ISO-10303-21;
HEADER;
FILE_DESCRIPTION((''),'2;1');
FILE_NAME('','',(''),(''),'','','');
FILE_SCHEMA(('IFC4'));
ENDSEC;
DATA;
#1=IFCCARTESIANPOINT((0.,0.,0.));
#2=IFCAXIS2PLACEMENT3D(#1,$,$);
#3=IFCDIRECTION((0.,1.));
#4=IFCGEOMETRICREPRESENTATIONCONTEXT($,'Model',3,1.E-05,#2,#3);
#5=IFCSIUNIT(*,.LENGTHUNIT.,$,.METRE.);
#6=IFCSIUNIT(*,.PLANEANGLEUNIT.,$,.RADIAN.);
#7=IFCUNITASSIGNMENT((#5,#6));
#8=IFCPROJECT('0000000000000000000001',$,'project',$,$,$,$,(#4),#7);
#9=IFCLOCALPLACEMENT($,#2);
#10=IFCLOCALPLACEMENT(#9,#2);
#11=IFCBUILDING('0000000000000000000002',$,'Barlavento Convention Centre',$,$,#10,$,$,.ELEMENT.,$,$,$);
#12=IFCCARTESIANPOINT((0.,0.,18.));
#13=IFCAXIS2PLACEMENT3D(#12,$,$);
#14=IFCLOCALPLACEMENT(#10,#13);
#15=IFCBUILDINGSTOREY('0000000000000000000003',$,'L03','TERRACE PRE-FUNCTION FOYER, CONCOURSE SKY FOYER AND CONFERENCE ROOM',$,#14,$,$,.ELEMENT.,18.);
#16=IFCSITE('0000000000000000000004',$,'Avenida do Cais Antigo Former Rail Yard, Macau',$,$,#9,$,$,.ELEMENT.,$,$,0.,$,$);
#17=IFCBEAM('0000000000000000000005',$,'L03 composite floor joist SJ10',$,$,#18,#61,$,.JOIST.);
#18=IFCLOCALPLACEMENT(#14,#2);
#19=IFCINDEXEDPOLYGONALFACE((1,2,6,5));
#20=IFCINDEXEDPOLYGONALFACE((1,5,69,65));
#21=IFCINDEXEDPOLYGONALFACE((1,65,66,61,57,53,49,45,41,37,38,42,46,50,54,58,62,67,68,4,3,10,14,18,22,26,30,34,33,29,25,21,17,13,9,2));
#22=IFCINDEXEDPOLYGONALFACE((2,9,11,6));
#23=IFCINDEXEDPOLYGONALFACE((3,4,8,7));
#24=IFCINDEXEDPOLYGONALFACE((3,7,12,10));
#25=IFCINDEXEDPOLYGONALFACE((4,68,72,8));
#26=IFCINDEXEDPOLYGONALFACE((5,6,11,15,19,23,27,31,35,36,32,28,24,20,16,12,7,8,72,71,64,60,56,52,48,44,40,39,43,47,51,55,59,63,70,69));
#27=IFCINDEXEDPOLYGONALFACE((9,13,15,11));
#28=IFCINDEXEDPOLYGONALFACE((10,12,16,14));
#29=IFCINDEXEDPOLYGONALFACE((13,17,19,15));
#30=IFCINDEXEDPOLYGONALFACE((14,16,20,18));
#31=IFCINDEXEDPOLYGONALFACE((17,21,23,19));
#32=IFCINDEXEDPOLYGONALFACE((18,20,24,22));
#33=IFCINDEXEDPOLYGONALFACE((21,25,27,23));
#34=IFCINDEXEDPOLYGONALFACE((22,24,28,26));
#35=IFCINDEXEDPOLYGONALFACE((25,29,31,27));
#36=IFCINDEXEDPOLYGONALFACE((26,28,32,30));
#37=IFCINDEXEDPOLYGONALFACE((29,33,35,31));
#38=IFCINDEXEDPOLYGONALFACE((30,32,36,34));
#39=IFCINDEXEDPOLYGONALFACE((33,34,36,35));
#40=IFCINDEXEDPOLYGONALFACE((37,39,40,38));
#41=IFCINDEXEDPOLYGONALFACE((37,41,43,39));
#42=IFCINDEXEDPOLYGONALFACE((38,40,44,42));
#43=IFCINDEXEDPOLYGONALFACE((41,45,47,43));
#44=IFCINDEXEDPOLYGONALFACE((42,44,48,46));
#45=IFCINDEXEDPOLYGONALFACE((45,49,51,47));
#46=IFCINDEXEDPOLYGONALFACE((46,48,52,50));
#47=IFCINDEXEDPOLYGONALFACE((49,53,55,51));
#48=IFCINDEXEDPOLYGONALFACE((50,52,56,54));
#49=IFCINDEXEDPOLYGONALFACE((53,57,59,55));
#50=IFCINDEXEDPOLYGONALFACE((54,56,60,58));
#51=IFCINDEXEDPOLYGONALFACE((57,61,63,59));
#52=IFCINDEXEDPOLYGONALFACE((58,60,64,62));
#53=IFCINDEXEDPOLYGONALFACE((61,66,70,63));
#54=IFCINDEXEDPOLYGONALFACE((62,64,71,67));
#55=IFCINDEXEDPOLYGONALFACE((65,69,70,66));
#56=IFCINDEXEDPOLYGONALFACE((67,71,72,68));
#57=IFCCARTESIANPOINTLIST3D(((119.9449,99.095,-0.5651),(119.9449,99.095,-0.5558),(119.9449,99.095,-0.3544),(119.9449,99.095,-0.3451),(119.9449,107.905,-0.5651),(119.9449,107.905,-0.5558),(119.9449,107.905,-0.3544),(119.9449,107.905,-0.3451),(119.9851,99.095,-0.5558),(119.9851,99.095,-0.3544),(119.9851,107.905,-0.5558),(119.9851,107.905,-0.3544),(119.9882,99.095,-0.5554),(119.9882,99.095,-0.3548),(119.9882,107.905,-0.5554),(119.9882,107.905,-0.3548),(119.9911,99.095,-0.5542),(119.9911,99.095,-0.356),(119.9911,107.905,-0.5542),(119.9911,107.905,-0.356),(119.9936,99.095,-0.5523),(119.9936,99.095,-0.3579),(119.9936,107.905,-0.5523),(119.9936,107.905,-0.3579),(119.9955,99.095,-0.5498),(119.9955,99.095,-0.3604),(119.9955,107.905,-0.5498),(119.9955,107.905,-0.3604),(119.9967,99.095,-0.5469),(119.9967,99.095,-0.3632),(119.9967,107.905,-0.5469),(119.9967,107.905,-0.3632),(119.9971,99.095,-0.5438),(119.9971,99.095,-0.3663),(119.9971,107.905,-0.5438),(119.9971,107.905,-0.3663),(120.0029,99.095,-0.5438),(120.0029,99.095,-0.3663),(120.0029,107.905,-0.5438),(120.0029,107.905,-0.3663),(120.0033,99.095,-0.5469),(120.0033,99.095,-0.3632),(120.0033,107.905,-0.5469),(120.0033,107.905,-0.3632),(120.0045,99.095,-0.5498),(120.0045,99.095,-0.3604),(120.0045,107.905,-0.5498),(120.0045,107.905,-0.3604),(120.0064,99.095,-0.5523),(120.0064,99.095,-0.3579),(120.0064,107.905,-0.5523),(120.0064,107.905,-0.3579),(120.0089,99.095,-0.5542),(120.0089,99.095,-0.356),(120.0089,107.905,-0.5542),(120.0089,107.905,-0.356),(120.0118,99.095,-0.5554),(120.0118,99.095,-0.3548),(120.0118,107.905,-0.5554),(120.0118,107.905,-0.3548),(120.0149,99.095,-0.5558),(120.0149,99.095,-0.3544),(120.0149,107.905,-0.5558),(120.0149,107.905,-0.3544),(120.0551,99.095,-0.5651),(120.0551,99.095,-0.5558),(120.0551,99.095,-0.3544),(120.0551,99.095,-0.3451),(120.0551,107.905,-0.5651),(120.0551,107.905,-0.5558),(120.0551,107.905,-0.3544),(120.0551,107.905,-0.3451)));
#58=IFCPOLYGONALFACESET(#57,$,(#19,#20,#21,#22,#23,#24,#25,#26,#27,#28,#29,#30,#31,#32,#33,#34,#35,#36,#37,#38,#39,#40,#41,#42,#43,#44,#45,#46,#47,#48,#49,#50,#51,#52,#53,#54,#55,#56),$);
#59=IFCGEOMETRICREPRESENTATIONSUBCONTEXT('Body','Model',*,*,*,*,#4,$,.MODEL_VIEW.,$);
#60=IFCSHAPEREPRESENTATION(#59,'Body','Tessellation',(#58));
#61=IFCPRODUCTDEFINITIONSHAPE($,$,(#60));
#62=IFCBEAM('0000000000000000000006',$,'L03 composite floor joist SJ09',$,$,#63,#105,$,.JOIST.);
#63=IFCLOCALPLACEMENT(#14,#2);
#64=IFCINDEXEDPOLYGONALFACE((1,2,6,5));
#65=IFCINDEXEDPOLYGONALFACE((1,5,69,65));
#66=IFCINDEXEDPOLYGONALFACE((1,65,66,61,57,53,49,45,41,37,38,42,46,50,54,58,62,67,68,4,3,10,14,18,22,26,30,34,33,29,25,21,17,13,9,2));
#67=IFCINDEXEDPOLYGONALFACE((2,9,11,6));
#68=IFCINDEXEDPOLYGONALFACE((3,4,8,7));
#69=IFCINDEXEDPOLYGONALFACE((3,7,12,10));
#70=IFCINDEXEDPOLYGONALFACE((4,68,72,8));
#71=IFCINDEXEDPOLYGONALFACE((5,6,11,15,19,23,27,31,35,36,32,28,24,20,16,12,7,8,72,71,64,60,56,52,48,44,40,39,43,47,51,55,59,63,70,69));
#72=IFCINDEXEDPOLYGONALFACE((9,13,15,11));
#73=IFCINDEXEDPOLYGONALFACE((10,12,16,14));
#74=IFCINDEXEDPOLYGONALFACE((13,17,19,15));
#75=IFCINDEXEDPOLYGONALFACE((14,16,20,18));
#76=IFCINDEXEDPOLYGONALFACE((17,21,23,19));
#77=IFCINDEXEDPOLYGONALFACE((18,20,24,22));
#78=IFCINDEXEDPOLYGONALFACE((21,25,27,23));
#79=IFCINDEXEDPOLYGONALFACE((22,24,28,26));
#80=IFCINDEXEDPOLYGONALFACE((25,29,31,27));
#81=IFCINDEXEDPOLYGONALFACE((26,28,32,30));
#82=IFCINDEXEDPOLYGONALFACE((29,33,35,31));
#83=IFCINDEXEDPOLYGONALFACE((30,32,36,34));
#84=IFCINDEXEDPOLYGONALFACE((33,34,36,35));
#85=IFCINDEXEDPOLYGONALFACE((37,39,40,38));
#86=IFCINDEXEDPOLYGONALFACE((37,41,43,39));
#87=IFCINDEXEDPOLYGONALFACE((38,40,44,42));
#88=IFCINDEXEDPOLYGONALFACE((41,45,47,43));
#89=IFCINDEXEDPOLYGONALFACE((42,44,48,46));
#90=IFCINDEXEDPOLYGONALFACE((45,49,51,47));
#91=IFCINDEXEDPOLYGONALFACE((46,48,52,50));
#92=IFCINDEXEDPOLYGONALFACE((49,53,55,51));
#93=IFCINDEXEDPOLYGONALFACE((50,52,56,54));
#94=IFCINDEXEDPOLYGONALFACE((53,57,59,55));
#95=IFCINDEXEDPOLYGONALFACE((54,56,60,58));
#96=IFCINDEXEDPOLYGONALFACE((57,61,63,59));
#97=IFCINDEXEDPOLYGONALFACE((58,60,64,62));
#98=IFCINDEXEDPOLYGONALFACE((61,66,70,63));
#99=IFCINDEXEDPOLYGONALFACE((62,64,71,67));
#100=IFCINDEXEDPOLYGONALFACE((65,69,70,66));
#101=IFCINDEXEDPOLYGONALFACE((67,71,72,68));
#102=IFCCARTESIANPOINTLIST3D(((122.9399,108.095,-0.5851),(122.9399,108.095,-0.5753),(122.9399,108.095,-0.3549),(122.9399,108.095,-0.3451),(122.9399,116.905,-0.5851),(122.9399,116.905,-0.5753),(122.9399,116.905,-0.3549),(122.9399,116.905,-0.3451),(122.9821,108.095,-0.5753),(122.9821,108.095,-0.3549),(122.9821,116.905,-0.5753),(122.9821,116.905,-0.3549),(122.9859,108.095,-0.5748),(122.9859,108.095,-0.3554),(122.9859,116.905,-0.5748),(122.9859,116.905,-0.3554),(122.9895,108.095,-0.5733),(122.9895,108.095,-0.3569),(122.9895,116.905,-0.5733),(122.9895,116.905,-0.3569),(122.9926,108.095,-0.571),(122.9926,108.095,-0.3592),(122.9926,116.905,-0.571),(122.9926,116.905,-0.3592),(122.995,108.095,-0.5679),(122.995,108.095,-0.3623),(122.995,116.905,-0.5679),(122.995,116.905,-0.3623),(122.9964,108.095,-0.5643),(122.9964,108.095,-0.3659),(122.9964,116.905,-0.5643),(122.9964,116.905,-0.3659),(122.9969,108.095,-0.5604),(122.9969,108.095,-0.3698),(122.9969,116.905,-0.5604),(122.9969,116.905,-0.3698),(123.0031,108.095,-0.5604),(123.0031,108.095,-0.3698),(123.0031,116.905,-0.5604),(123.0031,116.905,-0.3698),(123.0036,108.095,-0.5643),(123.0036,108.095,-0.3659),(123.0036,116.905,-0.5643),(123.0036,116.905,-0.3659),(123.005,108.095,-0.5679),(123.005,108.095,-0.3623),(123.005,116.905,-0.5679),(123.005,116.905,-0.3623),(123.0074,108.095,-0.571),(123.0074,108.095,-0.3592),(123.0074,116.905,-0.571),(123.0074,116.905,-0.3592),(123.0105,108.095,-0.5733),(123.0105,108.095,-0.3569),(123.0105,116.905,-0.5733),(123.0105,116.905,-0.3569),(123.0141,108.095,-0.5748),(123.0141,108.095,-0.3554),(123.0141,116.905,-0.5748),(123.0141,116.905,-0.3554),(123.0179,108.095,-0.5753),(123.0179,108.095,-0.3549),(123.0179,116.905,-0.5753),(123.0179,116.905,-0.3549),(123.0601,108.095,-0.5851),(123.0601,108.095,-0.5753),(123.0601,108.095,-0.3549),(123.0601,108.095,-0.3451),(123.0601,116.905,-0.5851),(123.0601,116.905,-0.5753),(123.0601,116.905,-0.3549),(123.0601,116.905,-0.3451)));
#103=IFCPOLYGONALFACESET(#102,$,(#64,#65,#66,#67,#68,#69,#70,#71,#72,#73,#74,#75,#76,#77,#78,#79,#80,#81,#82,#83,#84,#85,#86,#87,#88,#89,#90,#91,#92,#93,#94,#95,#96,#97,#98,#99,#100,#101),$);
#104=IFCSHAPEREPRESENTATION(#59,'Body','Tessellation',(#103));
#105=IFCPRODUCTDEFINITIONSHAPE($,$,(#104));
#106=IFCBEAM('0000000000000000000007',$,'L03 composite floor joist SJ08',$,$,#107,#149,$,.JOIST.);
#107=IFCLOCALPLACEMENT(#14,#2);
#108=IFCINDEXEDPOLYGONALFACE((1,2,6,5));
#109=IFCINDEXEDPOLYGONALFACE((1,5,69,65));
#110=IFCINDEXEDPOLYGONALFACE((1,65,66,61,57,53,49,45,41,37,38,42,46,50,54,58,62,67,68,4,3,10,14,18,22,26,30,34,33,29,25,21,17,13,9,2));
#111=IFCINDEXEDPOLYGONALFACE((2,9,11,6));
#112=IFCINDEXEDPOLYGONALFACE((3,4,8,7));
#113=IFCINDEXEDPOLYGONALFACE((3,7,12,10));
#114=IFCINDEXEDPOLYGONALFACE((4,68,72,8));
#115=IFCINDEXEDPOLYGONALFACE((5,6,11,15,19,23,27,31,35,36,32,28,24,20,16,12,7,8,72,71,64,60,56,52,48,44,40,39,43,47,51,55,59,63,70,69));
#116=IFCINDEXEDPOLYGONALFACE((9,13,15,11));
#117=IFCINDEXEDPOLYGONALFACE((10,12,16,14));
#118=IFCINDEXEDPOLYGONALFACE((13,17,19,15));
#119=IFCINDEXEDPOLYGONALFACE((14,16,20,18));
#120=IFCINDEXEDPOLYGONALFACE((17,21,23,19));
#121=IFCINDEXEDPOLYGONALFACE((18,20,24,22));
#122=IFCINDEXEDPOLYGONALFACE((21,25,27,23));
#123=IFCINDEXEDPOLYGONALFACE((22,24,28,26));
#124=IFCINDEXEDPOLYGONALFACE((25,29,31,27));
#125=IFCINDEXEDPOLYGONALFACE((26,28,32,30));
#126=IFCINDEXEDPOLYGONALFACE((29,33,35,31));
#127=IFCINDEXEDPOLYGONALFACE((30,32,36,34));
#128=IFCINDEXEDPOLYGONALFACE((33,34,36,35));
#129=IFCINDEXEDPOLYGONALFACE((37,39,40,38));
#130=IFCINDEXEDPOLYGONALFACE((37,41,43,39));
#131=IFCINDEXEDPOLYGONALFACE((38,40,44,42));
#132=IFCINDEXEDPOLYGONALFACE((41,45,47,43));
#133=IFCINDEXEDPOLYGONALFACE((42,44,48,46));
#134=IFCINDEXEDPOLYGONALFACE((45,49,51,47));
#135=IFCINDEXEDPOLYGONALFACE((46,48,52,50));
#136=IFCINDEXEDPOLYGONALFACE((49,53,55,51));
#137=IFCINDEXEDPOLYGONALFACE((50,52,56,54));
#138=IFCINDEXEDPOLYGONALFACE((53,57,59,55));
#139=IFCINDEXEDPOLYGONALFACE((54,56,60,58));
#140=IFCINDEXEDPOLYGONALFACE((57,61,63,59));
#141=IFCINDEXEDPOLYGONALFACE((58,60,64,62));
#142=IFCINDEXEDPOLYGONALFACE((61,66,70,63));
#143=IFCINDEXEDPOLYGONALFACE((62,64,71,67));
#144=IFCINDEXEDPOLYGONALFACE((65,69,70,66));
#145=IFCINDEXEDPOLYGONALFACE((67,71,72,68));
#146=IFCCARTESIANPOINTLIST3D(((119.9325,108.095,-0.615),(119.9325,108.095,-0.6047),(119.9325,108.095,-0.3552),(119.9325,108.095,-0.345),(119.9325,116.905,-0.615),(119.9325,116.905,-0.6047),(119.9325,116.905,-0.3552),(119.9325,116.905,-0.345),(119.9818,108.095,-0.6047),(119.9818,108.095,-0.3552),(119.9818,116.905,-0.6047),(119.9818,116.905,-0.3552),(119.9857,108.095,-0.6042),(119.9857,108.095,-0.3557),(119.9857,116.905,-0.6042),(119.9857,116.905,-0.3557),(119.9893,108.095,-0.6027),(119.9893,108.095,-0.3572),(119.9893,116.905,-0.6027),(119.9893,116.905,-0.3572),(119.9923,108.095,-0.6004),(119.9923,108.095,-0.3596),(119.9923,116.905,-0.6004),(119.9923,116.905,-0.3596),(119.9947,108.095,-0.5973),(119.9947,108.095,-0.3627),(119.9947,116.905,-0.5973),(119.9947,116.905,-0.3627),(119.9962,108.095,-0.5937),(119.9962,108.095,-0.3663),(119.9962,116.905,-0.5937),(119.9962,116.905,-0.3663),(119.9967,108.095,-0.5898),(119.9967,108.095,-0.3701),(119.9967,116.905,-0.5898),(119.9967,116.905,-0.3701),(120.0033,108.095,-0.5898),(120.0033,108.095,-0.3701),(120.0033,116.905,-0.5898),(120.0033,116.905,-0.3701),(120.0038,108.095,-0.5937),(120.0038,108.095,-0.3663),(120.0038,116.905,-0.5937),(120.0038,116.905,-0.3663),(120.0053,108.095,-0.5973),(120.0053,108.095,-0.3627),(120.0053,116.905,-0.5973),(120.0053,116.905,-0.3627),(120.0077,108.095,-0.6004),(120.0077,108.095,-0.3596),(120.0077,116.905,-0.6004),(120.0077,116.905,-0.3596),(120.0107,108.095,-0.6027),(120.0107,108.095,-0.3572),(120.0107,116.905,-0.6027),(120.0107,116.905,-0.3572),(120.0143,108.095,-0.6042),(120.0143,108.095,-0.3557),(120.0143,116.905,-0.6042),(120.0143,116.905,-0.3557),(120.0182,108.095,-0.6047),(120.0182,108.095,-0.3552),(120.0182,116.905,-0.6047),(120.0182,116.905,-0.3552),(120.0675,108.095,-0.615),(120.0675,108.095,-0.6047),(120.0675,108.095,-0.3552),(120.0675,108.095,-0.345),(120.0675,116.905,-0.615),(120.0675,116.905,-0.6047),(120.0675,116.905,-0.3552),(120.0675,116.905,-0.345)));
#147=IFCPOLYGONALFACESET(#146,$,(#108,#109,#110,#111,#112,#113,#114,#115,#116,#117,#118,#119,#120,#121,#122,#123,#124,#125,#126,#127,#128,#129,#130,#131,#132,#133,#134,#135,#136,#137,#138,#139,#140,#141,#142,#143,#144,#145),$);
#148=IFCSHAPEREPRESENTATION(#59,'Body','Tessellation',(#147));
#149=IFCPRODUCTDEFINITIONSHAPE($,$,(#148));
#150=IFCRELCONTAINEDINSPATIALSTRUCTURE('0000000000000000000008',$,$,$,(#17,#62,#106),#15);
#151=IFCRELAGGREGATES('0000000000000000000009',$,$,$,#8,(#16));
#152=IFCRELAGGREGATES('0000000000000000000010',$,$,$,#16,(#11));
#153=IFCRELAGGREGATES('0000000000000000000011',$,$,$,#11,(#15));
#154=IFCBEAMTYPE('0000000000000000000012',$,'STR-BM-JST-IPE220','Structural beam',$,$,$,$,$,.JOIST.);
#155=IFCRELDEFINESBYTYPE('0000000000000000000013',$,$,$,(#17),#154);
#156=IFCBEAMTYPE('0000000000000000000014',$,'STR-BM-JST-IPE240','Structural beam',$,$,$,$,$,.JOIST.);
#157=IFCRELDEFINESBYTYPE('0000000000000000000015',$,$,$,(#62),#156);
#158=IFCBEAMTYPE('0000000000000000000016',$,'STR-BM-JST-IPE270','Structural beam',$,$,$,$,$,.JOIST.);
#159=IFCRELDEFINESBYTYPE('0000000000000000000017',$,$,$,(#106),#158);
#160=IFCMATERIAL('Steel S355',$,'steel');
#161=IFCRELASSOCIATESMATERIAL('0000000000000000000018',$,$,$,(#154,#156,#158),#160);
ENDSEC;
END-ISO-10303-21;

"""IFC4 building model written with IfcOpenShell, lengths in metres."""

from ifc_helpers import new_model, si_unit, direction, frame, origin, origin_2d, place, context, subcontext, project, spatial, i_section, extrude, material, material_profile, profile_set, type_object, element, save


model = new_model("IFC4")

# Units and contexts
model_context = context("Model", 3, precision=1e-05, world=origin(), true_north=direction((0.0, 1.0)))
body_context = subcontext(model_context, "Body", "Model", "MODEL_VIEW")
ifc_project = project(units=[si_unit("LENGTHUNIT", "METRE"), si_unit("PLANEANGLEUNIT", "RADIAN")], contexts=[model_context])

# Site, building, storey
site_placement = place(None, origin())
site = spatial("IfcSite", under=ifc_project, at=site_placement, Name="Avenida do Cais Antigo Former Rail Yard, Macau", CompositionType="ELEMENT", RefElevation=0.0)
building_placement = place(site_placement, origin())
building = spatial("IfcBuilding", under=site, at=building_placement, Name="Barlavento Convention Centre", CompositionType="ELEMENT")
storey_placement = place(building_placement, frame((0.0, 0.0, 18.0)))
storey = spatial("IfcBuildingStorey", under=building, at=storey_placement, Name="L03", Description="TERRACE PRE-FUNCTION FOYER, CONCOURSE SKY FOYER AND CONFERENCE ROOM", CompositionType="ELEMENT", Elevation=18.0)

# Shared definitions
ifc_material_1 = material(Name="Steel S355", Category="steel")

# Beams
ifc_material_profile_1 = material_profile(ifc_material_1, i_section(OverallWidth=0.1101, OverallDepth=0.22, WebThickness=0.0059, FlangeThickness=0.0093, FilletRadius=0.012, at=origin_2d()), Name="IPE 220")
ifc_profile_set_1 = profile_set([ifc_material_profile_1], Name="Steel S355")
beam_type_1 = type_object("IfcBeamType", Name="STR-BM-JST-IPE220", Description="Structural beam", PredefinedType="JOIST", material=ifc_profile_set_1)
beam_1_placement = place(storey_placement, frame((120.0, 99.095, -0.4551), z_axis=(0.0, 1.0, 0.0), x_axis=(-1.0, 0.0, 0.0)))
element("IfcBeam", 1, at=beam_1_placement, inside=storey, type_object=beam_type_1, Name="L03 composite floor joist SJ10", PredefinedType="JOIST", context=body_context, shape_type="SweptSolid", body=[
    extrude(i_section(OverallWidth=0.1101, OverallDepth=0.22, WebThickness=0.0059, FlangeThickness=0.0093, FilletRadius=0.012, at=origin_2d()), origin(), (0.0, 0.0, 1.0), 8.8101),
])
ifc_material_profile_2 = material_profile(ifc_material_1, i_section(OverallWidth=0.1201, OverallDepth=0.24, WebThickness=0.0061, FlangeThickness=0.0098, FilletRadius=0.0149, at=origin_2d()), Name="IPE 240")
ifc_profile_set_2 = profile_set([ifc_material_profile_2], Name="Steel S355")
beam_type_2 = type_object("IfcBeamType", Name="STR-BM-JST-IPE240", Description="Structural beam", PredefinedType="JOIST", material=ifc_profile_set_2)
beam_2_placement = place(storey_placement, frame((123.0, 108.095, -0.4651), z_axis=(0.0, 1.0, 0.0), x_axis=(-1.0, 0.0, 0.0)))
element("IfcBeam", 2, at=beam_2_placement, inside=storey, type_object=beam_type_2, Name="L03 composite floor joist SJ09", PredefinedType="JOIST", context=body_context, shape_type="SweptSolid", body=[
    extrude(i_section(OverallWidth=0.1201, OverallDepth=0.24, WebThickness=0.0061, FlangeThickness=0.0098, FilletRadius=0.0149, at=origin_2d()), origin(), (0.0, 0.0, 1.0), 8.8101),
])
ifc_material_profile_3 = material_profile(ifc_material_1, i_section(OverallWidth=0.135, OverallDepth=0.27, WebThickness=0.0066, FlangeThickness=0.0103, FilletRadius=0.0149, at=origin_2d()), Name="IPE 270")
ifc_profile_set_3 = profile_set([ifc_material_profile_3], Name="Steel S355")
beam_type_3 = type_object("IfcBeamType", Name="STR-BM-JST-IPE270", Description="Structural beam", PredefinedType="JOIST", material=ifc_profile_set_3)
beam_3_placement = place(storey_placement, frame((120.0, 108.095, -0.48), z_axis=(0.0, 1.0, 0.0), x_axis=(-1.0, 0.0, 0.0)))
element("IfcBeam", 3, at=beam_3_placement, inside=storey, type_object=beam_type_3, Name="L03 composite floor joist SJ08", PredefinedType="JOIST", context=body_context, shape_type="SweptSolid", body=[
    extrude(i_section(OverallWidth=0.135, OverallDepth=0.27, WebThickness=0.0066, FlangeThickness=0.0103, FilletRadius=0.0149, at=origin_2d()), origin(), (0.0, 0.0, 1.0), 8.8101),
])

save(model, "model.ifc")
